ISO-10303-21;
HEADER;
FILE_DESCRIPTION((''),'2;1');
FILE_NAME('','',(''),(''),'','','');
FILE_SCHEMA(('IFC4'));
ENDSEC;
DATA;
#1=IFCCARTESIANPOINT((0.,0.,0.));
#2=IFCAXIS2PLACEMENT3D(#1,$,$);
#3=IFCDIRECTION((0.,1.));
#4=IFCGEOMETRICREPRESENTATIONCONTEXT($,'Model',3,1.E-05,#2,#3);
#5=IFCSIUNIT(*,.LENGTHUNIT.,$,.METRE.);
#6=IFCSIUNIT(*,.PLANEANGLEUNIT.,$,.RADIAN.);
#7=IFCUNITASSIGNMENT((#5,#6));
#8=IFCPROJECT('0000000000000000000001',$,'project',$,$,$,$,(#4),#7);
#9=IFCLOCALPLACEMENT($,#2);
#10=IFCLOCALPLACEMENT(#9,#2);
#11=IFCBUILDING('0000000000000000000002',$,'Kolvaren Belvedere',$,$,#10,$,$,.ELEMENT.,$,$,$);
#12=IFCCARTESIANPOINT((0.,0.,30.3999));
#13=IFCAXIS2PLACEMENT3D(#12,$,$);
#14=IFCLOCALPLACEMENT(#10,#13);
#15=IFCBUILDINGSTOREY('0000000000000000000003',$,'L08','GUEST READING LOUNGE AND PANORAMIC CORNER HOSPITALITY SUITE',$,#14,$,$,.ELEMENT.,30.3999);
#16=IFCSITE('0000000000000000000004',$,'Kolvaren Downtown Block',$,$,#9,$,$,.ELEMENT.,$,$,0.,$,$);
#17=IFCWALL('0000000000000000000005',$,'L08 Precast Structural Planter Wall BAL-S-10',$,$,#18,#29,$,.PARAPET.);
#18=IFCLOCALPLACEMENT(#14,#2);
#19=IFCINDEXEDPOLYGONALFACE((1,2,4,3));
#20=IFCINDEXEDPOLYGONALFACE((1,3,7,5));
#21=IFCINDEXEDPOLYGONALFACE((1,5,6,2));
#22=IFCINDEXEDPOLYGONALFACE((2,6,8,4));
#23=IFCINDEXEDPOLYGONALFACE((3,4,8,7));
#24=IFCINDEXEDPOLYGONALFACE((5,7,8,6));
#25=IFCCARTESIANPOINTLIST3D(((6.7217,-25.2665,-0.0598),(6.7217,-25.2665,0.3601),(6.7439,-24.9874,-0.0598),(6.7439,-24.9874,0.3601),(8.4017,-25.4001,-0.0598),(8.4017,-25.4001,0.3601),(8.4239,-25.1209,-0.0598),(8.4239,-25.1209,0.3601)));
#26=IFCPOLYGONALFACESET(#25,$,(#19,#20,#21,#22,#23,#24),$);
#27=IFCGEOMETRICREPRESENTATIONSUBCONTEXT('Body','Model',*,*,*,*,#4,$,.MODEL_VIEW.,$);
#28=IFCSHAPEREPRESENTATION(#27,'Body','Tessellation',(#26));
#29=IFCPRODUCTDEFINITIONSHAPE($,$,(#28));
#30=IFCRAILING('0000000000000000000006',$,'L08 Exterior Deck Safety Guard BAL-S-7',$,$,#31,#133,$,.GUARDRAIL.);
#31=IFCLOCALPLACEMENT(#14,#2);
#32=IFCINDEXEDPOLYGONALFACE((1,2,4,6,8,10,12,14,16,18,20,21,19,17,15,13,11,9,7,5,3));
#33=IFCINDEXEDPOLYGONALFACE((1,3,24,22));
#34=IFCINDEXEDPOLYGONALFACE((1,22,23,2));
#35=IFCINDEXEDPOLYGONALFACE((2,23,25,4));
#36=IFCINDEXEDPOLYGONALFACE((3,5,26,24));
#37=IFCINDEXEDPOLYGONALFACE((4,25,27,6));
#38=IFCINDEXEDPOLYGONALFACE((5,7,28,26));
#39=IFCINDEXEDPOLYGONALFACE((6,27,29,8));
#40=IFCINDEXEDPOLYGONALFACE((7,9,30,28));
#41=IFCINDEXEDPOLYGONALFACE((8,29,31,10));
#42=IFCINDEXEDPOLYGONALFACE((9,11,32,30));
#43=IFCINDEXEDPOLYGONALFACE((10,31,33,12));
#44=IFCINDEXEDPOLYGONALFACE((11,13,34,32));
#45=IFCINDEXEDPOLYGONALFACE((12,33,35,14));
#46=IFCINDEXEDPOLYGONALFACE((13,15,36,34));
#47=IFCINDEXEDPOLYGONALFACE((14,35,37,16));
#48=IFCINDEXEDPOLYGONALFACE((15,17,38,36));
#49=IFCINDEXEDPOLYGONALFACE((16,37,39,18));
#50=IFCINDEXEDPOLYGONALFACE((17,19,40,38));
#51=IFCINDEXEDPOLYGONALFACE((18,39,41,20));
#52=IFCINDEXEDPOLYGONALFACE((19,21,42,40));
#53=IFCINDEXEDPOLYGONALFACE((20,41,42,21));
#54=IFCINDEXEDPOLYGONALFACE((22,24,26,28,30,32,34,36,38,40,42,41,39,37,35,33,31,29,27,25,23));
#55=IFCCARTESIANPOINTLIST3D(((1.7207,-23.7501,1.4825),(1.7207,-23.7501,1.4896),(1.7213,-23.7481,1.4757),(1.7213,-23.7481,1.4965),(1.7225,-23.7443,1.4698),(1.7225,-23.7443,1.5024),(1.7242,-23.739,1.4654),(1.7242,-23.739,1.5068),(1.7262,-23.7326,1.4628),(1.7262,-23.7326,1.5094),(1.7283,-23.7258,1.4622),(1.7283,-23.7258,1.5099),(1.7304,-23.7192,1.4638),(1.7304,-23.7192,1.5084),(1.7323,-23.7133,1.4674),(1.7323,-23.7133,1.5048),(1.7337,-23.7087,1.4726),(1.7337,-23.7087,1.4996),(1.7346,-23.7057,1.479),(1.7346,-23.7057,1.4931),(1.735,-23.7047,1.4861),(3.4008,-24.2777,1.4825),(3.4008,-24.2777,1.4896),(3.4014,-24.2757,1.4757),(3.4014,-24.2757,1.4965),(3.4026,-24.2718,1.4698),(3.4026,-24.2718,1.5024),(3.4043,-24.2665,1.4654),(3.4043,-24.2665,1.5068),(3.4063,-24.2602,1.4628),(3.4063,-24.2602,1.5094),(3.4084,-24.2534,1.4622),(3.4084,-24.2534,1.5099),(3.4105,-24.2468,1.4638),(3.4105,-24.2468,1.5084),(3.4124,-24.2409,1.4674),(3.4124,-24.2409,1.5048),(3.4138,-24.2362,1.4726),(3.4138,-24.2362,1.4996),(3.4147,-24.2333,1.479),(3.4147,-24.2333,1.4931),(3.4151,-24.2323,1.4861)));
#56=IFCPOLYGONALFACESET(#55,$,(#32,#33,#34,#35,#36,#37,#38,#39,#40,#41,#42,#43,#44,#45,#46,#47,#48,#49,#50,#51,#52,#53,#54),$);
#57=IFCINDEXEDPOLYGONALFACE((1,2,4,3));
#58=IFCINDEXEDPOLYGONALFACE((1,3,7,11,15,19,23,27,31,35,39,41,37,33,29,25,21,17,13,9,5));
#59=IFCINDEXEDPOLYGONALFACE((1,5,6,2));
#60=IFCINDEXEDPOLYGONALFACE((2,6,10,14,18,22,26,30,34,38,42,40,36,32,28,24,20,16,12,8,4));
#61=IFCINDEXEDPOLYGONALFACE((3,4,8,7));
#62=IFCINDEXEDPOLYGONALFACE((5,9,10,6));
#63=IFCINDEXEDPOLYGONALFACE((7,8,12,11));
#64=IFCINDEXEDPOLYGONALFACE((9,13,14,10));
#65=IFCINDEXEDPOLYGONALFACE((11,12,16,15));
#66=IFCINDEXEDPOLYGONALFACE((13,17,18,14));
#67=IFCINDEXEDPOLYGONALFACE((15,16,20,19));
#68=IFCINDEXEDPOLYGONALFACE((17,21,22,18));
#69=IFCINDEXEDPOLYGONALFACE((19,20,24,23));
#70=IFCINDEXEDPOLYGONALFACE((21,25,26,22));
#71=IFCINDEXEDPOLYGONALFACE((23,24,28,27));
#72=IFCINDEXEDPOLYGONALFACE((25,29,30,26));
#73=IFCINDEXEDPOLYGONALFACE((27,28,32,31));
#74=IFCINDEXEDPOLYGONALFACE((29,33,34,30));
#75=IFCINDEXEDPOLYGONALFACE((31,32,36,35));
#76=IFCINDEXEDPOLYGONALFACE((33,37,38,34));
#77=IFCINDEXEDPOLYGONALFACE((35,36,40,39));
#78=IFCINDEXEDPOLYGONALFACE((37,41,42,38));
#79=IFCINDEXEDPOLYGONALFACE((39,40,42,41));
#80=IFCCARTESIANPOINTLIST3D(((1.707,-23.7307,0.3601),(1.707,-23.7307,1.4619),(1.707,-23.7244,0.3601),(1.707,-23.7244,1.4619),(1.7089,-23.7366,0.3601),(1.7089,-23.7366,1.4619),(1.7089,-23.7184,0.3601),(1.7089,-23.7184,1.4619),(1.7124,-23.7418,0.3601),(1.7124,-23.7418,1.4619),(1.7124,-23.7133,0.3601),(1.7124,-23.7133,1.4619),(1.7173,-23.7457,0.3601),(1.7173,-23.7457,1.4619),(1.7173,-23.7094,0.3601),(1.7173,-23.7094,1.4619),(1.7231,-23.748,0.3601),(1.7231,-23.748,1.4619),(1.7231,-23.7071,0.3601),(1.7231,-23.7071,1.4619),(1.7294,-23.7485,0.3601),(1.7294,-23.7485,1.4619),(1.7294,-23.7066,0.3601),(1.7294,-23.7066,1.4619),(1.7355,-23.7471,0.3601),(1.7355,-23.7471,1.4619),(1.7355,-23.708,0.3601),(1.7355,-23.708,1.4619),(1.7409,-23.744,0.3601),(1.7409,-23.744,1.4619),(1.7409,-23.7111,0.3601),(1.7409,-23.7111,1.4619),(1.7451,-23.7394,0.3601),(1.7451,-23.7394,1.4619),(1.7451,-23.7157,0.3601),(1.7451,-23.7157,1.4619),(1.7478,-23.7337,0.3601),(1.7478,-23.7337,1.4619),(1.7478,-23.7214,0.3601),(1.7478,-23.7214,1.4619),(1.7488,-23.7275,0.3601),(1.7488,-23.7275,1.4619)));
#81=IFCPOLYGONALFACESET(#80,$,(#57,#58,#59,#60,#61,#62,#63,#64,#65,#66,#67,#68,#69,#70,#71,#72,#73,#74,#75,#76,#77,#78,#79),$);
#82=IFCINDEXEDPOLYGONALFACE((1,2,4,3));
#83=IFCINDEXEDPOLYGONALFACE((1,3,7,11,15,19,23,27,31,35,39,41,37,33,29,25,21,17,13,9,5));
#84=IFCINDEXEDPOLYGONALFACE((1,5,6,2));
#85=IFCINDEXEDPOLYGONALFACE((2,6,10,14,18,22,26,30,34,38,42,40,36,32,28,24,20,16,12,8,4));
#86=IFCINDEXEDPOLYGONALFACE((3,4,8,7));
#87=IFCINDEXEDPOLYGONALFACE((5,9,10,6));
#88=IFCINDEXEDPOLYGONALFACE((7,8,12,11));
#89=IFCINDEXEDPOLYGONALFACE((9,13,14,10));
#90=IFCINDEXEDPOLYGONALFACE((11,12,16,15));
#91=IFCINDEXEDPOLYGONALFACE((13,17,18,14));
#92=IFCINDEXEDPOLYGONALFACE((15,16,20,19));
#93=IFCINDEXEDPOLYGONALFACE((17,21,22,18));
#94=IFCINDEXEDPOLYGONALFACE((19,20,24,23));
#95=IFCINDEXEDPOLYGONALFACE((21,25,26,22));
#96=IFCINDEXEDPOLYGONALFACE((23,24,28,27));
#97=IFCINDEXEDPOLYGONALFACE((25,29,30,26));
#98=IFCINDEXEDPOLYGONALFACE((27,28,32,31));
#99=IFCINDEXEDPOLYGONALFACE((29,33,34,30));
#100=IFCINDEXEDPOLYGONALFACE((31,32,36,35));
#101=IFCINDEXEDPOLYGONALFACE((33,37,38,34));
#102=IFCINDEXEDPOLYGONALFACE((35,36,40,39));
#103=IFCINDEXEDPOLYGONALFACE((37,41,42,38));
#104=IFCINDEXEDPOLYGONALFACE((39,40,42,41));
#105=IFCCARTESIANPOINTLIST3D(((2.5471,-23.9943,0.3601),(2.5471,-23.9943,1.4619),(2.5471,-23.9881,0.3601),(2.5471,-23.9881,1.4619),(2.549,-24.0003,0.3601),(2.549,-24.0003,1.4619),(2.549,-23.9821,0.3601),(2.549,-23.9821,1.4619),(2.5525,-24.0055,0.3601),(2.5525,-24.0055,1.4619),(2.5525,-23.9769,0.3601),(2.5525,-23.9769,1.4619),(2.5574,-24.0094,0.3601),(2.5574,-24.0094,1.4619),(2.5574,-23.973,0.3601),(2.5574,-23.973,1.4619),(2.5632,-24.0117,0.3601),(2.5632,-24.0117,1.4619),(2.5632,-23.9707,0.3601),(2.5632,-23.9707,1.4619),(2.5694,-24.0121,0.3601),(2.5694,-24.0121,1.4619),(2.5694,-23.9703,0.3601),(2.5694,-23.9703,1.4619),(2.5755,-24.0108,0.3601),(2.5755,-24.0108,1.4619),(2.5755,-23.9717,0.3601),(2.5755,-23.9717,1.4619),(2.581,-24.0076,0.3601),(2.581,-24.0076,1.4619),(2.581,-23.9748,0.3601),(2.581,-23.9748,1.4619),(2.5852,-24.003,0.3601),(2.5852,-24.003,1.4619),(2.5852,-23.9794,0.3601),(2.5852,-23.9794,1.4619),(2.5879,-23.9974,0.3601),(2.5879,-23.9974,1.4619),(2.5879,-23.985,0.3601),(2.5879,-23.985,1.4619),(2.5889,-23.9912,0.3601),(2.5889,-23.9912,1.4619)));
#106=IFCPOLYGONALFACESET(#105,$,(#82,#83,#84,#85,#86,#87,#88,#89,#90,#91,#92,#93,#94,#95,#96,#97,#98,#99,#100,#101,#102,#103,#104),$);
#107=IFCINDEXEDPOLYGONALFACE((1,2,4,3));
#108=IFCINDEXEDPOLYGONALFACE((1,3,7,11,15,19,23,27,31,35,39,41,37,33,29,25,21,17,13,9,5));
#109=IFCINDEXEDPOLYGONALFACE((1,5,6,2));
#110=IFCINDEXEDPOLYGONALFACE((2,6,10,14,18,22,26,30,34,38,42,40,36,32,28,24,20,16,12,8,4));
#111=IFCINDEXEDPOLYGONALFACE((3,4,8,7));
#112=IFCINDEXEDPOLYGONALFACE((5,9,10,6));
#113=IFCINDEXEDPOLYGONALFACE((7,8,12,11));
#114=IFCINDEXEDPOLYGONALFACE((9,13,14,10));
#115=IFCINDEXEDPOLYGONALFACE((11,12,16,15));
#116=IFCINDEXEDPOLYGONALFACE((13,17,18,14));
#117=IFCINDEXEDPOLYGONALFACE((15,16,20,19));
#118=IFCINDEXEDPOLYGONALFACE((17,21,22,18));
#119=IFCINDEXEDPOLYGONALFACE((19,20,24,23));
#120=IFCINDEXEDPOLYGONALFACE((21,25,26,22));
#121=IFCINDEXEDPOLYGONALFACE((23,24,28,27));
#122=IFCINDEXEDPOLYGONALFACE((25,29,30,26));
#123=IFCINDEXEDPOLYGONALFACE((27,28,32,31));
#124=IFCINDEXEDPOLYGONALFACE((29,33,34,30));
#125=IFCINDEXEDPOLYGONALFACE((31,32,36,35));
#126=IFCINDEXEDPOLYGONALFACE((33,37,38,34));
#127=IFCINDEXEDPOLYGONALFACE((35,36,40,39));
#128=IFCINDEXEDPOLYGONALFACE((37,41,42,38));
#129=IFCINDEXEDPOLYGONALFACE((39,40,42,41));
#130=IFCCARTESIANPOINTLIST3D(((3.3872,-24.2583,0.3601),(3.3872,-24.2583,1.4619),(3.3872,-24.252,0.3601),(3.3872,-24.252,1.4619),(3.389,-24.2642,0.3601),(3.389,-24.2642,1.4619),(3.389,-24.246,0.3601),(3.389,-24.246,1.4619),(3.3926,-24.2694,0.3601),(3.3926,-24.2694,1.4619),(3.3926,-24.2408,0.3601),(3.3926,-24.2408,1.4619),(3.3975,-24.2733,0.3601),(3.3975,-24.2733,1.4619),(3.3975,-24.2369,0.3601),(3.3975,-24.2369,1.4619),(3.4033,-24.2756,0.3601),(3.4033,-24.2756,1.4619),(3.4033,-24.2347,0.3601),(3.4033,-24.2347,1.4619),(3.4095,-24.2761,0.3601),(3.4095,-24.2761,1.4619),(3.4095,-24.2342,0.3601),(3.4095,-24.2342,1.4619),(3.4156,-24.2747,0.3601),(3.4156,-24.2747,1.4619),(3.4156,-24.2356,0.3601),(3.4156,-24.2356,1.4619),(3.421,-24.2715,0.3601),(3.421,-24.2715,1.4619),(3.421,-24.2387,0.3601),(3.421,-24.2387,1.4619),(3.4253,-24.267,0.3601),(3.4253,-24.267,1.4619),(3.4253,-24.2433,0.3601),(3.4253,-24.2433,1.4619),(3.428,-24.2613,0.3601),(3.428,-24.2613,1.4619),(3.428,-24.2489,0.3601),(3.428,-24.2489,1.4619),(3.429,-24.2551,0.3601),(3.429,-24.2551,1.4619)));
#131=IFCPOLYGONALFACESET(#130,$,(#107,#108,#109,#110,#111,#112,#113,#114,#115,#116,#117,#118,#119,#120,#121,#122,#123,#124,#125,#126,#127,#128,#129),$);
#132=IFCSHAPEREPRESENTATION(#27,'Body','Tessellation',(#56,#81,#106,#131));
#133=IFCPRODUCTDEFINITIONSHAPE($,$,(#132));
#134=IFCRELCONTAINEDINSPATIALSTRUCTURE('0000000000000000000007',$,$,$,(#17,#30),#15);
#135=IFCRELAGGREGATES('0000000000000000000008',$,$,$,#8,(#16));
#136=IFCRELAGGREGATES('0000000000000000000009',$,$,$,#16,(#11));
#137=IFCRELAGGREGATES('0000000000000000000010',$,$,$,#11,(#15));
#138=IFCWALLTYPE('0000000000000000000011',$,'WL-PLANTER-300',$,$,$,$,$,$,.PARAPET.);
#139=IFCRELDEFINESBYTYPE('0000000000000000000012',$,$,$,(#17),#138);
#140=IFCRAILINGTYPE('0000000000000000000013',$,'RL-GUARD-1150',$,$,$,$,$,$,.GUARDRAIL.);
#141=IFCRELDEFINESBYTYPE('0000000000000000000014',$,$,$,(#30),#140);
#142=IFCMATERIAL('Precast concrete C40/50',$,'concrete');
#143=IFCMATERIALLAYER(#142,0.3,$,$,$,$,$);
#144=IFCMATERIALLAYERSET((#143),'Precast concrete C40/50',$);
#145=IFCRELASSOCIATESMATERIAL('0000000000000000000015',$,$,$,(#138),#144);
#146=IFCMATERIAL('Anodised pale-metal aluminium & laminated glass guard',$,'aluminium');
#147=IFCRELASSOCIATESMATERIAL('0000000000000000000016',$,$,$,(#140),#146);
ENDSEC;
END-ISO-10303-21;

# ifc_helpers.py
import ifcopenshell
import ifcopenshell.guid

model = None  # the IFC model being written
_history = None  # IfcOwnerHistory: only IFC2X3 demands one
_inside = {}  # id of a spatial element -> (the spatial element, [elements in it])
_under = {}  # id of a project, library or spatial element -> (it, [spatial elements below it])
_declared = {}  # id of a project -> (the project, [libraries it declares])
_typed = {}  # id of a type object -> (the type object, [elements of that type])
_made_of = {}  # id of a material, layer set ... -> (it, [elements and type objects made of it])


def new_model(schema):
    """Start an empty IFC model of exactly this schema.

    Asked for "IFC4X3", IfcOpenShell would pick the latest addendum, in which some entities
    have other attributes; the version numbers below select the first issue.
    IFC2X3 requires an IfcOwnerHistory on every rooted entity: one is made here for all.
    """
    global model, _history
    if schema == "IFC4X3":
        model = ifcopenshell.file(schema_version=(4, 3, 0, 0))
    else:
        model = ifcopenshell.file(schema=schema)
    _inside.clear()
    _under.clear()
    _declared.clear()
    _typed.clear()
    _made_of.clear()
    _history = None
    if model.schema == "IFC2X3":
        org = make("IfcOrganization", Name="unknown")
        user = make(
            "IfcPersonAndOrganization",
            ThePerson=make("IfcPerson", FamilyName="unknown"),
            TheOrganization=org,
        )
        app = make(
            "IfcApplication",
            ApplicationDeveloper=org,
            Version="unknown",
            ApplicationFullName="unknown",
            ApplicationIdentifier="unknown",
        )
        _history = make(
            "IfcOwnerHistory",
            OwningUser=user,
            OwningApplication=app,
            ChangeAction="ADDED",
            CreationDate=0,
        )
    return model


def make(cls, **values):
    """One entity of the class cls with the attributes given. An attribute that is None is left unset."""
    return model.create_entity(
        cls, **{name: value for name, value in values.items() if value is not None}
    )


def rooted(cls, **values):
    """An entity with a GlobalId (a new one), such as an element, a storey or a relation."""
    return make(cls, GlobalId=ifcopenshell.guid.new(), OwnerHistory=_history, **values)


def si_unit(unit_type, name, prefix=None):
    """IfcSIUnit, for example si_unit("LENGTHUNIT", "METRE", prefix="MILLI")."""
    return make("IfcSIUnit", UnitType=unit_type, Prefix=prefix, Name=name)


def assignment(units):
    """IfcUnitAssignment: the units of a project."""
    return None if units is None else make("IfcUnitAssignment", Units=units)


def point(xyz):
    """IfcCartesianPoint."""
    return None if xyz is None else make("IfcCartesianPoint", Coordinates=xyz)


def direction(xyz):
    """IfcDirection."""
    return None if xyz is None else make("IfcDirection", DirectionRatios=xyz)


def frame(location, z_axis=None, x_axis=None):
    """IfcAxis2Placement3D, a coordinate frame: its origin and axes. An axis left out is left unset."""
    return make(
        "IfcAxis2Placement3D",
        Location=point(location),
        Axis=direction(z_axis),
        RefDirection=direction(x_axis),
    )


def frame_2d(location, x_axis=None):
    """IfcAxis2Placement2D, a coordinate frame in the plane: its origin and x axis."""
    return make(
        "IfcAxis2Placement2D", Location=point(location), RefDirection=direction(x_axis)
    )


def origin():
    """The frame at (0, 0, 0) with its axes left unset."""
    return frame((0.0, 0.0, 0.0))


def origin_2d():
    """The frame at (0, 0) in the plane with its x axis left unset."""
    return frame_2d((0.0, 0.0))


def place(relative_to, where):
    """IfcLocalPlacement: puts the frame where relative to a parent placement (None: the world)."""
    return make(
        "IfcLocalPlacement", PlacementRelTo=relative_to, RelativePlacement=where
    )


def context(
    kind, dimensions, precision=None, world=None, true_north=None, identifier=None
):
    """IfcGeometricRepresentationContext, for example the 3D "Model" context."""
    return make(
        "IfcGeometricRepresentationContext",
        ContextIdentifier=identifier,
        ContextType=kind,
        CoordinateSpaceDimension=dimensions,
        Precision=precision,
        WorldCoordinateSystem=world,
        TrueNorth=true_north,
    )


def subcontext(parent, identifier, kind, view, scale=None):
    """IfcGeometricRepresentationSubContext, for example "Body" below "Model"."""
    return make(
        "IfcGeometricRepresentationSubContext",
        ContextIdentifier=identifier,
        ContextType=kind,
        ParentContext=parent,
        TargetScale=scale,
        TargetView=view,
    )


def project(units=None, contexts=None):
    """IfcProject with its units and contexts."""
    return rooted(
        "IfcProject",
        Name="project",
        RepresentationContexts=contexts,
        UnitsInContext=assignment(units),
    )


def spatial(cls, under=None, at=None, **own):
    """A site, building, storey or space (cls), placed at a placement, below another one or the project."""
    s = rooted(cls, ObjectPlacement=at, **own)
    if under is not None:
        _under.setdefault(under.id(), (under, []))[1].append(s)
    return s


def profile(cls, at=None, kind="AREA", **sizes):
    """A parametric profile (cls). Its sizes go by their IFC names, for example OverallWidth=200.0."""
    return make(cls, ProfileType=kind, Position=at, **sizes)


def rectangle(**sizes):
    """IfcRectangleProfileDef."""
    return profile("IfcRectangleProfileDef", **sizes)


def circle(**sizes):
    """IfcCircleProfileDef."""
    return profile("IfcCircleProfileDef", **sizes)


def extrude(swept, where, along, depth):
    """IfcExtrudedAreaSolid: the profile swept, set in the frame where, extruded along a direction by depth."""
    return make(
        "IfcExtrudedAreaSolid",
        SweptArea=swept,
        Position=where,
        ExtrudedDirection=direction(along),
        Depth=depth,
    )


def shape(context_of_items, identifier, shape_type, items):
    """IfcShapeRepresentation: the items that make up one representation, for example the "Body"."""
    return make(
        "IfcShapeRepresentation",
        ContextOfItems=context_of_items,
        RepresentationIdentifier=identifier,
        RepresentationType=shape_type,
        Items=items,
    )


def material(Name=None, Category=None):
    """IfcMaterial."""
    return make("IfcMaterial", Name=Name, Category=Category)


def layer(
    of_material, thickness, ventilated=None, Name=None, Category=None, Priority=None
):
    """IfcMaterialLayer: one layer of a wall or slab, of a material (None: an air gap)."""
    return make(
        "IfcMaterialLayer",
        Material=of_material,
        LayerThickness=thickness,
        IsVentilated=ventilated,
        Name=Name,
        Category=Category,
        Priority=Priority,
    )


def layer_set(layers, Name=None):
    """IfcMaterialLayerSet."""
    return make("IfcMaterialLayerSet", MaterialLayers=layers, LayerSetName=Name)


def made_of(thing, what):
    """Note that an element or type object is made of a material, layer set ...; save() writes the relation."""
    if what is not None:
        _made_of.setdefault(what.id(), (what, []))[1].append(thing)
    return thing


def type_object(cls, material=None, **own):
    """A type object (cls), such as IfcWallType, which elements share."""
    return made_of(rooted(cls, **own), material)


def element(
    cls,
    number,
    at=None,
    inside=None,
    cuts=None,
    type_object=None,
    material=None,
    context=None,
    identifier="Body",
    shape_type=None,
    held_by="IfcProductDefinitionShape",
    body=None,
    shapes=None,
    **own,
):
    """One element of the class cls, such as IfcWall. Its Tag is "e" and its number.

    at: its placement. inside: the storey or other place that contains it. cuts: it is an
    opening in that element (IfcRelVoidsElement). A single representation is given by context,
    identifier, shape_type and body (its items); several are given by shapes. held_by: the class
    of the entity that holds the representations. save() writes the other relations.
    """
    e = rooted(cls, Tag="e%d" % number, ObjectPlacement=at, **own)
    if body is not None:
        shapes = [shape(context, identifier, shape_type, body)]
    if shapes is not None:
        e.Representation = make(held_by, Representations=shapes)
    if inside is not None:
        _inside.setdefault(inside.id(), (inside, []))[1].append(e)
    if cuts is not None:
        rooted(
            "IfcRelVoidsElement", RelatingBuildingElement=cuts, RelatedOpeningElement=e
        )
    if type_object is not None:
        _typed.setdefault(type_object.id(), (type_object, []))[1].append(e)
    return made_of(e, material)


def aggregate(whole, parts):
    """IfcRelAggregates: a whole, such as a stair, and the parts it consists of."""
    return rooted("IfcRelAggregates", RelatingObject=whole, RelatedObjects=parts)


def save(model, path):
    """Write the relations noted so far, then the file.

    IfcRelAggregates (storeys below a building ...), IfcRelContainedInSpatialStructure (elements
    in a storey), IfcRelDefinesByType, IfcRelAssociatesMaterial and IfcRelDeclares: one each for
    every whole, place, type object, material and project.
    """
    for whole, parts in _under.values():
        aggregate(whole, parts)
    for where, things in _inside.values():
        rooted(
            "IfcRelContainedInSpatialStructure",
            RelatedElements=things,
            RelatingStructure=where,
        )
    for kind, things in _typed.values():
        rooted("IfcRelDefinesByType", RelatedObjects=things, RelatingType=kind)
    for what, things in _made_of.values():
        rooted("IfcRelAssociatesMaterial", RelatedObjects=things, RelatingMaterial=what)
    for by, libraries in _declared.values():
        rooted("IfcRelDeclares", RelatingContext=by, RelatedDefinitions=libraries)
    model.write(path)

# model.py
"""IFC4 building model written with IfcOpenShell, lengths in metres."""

from ifc_helpers import new_model, si_unit, direction, frame, frame_2d, origin, origin_2d, place, context, subcontext, project, spatial, rectangle, circle, extrude, material, layer, layer_set, type_object, element, save


model = new_model("IFC4")

# Units and contexts
model_context = context("Model", 3, precision=1e-05, world=origin(), true_north=direction((0.0, 1.0)))
body_context = subcontext(model_context, "Body", "Model", "MODEL_VIEW")
ifc_project = project(units=[si_unit("LENGTHUNIT", "METRE"), si_unit("PLANEANGLEUNIT", "RADIAN")], contexts=[model_context])

# Site, building, storey
site_placement = place(None, origin())
site = spatial("IfcSite", under=ifc_project, at=site_placement, Name="Kolvaren Downtown Block", CompositionType="ELEMENT", RefElevation=0.0)
building_placement = place(site_placement, origin())
building = spatial("IfcBuilding", under=site, at=building_placement, Name="Kolvaren Belvedere", CompositionType="ELEMENT")
storey_placement = place(building_placement, frame((0.0, 0.0, 30.3999)))
storey = spatial("IfcBuildingStorey", under=building, at=storey_placement, Name="L08", Description="GUEST READING LOUNGE AND PANORAMIC CORNER HOSPITALITY SUITE", CompositionType="ELEMENT", Elevation=30.3999)

# Wall
ifc_material_1 = material(Name="Precast concrete C40/50", Category="concrete")
ifc_layer_1 = layer(ifc_material_1, 0.3)
ifc_layer_set_1 = layer_set([ifc_layer_1], Name="Precast concrete C40/50")
wall_type_1 = type_object("IfcWallType", Name="WL-PLANTER-300", PredefinedType="PARAPET", material=ifc_layer_set_1)
wall_1_placement = place(storey_placement, frame((6.7327, -25.127, -0.0598), z_axis=(0.0, 0.0, 1.0), x_axis=(0.996855, -0.079244, 0.0)))
element("IfcWall", 1, at=wall_1_placement, inside=storey, type_object=wall_type_1, Name="L08 Precast Structural Planter Wall BAL-S-10", PredefinedType="PARAPET", context=body_context, shape_type="SweptSolid", body=[
    extrude(rectangle(XDim=1.6853, YDim=0.28, at=frame_2d((0.8428, 0.0))), origin(), (0.0, 0.0, 1.0), 0.4199),
])

# Railing
ifc_material_2 = material(Name="Anodised pale-metal aluminium & laminated glass guard", Category="aluminium")
railing_type = type_object("IfcRailingType", Name="RL-GUARD-1150", PredefinedType="GUARDRAIL", material=ifc_material_2)
railing_1_placement = place(storey_placement, frame((1.7278, -23.7275, 0.3601)))
element("IfcRailing", 2, at=railing_1_placement, inside=storey, type_object=railing_type, Name="L08 Exterior Deck Safety Guard BAL-S-7", PredefinedType="GUARDRAIL", context=body_context, shape_type="SweptSolid", body=[
    extrude(circle(Radius=0.0239, at=origin_2d()), frame((0.0, 0.0, 1.126), z_axis=(0.95407, -0.299585, 0.0), x_axis=(0.299585, 0.95407, 0.0)), (0.0, 0.0, 1.0), 1.761),
    extrude(circle(Radius=0.021, at=origin_2d()), origin(), (0.0, 0.0, 1.0), 1.1018),
    extrude(circle(Radius=0.021, at=origin_2d()), frame((0.8401, -0.2637, 0.0)), (0.0, 0.0, 1.0), 1.1018),
    extrude(circle(Radius=0.021, at=origin_2d()), frame((1.6802, -0.5276, 0.0)), (0.0, 0.0, 1.0), 1.1018),
])

save(model, "model.ifc")
